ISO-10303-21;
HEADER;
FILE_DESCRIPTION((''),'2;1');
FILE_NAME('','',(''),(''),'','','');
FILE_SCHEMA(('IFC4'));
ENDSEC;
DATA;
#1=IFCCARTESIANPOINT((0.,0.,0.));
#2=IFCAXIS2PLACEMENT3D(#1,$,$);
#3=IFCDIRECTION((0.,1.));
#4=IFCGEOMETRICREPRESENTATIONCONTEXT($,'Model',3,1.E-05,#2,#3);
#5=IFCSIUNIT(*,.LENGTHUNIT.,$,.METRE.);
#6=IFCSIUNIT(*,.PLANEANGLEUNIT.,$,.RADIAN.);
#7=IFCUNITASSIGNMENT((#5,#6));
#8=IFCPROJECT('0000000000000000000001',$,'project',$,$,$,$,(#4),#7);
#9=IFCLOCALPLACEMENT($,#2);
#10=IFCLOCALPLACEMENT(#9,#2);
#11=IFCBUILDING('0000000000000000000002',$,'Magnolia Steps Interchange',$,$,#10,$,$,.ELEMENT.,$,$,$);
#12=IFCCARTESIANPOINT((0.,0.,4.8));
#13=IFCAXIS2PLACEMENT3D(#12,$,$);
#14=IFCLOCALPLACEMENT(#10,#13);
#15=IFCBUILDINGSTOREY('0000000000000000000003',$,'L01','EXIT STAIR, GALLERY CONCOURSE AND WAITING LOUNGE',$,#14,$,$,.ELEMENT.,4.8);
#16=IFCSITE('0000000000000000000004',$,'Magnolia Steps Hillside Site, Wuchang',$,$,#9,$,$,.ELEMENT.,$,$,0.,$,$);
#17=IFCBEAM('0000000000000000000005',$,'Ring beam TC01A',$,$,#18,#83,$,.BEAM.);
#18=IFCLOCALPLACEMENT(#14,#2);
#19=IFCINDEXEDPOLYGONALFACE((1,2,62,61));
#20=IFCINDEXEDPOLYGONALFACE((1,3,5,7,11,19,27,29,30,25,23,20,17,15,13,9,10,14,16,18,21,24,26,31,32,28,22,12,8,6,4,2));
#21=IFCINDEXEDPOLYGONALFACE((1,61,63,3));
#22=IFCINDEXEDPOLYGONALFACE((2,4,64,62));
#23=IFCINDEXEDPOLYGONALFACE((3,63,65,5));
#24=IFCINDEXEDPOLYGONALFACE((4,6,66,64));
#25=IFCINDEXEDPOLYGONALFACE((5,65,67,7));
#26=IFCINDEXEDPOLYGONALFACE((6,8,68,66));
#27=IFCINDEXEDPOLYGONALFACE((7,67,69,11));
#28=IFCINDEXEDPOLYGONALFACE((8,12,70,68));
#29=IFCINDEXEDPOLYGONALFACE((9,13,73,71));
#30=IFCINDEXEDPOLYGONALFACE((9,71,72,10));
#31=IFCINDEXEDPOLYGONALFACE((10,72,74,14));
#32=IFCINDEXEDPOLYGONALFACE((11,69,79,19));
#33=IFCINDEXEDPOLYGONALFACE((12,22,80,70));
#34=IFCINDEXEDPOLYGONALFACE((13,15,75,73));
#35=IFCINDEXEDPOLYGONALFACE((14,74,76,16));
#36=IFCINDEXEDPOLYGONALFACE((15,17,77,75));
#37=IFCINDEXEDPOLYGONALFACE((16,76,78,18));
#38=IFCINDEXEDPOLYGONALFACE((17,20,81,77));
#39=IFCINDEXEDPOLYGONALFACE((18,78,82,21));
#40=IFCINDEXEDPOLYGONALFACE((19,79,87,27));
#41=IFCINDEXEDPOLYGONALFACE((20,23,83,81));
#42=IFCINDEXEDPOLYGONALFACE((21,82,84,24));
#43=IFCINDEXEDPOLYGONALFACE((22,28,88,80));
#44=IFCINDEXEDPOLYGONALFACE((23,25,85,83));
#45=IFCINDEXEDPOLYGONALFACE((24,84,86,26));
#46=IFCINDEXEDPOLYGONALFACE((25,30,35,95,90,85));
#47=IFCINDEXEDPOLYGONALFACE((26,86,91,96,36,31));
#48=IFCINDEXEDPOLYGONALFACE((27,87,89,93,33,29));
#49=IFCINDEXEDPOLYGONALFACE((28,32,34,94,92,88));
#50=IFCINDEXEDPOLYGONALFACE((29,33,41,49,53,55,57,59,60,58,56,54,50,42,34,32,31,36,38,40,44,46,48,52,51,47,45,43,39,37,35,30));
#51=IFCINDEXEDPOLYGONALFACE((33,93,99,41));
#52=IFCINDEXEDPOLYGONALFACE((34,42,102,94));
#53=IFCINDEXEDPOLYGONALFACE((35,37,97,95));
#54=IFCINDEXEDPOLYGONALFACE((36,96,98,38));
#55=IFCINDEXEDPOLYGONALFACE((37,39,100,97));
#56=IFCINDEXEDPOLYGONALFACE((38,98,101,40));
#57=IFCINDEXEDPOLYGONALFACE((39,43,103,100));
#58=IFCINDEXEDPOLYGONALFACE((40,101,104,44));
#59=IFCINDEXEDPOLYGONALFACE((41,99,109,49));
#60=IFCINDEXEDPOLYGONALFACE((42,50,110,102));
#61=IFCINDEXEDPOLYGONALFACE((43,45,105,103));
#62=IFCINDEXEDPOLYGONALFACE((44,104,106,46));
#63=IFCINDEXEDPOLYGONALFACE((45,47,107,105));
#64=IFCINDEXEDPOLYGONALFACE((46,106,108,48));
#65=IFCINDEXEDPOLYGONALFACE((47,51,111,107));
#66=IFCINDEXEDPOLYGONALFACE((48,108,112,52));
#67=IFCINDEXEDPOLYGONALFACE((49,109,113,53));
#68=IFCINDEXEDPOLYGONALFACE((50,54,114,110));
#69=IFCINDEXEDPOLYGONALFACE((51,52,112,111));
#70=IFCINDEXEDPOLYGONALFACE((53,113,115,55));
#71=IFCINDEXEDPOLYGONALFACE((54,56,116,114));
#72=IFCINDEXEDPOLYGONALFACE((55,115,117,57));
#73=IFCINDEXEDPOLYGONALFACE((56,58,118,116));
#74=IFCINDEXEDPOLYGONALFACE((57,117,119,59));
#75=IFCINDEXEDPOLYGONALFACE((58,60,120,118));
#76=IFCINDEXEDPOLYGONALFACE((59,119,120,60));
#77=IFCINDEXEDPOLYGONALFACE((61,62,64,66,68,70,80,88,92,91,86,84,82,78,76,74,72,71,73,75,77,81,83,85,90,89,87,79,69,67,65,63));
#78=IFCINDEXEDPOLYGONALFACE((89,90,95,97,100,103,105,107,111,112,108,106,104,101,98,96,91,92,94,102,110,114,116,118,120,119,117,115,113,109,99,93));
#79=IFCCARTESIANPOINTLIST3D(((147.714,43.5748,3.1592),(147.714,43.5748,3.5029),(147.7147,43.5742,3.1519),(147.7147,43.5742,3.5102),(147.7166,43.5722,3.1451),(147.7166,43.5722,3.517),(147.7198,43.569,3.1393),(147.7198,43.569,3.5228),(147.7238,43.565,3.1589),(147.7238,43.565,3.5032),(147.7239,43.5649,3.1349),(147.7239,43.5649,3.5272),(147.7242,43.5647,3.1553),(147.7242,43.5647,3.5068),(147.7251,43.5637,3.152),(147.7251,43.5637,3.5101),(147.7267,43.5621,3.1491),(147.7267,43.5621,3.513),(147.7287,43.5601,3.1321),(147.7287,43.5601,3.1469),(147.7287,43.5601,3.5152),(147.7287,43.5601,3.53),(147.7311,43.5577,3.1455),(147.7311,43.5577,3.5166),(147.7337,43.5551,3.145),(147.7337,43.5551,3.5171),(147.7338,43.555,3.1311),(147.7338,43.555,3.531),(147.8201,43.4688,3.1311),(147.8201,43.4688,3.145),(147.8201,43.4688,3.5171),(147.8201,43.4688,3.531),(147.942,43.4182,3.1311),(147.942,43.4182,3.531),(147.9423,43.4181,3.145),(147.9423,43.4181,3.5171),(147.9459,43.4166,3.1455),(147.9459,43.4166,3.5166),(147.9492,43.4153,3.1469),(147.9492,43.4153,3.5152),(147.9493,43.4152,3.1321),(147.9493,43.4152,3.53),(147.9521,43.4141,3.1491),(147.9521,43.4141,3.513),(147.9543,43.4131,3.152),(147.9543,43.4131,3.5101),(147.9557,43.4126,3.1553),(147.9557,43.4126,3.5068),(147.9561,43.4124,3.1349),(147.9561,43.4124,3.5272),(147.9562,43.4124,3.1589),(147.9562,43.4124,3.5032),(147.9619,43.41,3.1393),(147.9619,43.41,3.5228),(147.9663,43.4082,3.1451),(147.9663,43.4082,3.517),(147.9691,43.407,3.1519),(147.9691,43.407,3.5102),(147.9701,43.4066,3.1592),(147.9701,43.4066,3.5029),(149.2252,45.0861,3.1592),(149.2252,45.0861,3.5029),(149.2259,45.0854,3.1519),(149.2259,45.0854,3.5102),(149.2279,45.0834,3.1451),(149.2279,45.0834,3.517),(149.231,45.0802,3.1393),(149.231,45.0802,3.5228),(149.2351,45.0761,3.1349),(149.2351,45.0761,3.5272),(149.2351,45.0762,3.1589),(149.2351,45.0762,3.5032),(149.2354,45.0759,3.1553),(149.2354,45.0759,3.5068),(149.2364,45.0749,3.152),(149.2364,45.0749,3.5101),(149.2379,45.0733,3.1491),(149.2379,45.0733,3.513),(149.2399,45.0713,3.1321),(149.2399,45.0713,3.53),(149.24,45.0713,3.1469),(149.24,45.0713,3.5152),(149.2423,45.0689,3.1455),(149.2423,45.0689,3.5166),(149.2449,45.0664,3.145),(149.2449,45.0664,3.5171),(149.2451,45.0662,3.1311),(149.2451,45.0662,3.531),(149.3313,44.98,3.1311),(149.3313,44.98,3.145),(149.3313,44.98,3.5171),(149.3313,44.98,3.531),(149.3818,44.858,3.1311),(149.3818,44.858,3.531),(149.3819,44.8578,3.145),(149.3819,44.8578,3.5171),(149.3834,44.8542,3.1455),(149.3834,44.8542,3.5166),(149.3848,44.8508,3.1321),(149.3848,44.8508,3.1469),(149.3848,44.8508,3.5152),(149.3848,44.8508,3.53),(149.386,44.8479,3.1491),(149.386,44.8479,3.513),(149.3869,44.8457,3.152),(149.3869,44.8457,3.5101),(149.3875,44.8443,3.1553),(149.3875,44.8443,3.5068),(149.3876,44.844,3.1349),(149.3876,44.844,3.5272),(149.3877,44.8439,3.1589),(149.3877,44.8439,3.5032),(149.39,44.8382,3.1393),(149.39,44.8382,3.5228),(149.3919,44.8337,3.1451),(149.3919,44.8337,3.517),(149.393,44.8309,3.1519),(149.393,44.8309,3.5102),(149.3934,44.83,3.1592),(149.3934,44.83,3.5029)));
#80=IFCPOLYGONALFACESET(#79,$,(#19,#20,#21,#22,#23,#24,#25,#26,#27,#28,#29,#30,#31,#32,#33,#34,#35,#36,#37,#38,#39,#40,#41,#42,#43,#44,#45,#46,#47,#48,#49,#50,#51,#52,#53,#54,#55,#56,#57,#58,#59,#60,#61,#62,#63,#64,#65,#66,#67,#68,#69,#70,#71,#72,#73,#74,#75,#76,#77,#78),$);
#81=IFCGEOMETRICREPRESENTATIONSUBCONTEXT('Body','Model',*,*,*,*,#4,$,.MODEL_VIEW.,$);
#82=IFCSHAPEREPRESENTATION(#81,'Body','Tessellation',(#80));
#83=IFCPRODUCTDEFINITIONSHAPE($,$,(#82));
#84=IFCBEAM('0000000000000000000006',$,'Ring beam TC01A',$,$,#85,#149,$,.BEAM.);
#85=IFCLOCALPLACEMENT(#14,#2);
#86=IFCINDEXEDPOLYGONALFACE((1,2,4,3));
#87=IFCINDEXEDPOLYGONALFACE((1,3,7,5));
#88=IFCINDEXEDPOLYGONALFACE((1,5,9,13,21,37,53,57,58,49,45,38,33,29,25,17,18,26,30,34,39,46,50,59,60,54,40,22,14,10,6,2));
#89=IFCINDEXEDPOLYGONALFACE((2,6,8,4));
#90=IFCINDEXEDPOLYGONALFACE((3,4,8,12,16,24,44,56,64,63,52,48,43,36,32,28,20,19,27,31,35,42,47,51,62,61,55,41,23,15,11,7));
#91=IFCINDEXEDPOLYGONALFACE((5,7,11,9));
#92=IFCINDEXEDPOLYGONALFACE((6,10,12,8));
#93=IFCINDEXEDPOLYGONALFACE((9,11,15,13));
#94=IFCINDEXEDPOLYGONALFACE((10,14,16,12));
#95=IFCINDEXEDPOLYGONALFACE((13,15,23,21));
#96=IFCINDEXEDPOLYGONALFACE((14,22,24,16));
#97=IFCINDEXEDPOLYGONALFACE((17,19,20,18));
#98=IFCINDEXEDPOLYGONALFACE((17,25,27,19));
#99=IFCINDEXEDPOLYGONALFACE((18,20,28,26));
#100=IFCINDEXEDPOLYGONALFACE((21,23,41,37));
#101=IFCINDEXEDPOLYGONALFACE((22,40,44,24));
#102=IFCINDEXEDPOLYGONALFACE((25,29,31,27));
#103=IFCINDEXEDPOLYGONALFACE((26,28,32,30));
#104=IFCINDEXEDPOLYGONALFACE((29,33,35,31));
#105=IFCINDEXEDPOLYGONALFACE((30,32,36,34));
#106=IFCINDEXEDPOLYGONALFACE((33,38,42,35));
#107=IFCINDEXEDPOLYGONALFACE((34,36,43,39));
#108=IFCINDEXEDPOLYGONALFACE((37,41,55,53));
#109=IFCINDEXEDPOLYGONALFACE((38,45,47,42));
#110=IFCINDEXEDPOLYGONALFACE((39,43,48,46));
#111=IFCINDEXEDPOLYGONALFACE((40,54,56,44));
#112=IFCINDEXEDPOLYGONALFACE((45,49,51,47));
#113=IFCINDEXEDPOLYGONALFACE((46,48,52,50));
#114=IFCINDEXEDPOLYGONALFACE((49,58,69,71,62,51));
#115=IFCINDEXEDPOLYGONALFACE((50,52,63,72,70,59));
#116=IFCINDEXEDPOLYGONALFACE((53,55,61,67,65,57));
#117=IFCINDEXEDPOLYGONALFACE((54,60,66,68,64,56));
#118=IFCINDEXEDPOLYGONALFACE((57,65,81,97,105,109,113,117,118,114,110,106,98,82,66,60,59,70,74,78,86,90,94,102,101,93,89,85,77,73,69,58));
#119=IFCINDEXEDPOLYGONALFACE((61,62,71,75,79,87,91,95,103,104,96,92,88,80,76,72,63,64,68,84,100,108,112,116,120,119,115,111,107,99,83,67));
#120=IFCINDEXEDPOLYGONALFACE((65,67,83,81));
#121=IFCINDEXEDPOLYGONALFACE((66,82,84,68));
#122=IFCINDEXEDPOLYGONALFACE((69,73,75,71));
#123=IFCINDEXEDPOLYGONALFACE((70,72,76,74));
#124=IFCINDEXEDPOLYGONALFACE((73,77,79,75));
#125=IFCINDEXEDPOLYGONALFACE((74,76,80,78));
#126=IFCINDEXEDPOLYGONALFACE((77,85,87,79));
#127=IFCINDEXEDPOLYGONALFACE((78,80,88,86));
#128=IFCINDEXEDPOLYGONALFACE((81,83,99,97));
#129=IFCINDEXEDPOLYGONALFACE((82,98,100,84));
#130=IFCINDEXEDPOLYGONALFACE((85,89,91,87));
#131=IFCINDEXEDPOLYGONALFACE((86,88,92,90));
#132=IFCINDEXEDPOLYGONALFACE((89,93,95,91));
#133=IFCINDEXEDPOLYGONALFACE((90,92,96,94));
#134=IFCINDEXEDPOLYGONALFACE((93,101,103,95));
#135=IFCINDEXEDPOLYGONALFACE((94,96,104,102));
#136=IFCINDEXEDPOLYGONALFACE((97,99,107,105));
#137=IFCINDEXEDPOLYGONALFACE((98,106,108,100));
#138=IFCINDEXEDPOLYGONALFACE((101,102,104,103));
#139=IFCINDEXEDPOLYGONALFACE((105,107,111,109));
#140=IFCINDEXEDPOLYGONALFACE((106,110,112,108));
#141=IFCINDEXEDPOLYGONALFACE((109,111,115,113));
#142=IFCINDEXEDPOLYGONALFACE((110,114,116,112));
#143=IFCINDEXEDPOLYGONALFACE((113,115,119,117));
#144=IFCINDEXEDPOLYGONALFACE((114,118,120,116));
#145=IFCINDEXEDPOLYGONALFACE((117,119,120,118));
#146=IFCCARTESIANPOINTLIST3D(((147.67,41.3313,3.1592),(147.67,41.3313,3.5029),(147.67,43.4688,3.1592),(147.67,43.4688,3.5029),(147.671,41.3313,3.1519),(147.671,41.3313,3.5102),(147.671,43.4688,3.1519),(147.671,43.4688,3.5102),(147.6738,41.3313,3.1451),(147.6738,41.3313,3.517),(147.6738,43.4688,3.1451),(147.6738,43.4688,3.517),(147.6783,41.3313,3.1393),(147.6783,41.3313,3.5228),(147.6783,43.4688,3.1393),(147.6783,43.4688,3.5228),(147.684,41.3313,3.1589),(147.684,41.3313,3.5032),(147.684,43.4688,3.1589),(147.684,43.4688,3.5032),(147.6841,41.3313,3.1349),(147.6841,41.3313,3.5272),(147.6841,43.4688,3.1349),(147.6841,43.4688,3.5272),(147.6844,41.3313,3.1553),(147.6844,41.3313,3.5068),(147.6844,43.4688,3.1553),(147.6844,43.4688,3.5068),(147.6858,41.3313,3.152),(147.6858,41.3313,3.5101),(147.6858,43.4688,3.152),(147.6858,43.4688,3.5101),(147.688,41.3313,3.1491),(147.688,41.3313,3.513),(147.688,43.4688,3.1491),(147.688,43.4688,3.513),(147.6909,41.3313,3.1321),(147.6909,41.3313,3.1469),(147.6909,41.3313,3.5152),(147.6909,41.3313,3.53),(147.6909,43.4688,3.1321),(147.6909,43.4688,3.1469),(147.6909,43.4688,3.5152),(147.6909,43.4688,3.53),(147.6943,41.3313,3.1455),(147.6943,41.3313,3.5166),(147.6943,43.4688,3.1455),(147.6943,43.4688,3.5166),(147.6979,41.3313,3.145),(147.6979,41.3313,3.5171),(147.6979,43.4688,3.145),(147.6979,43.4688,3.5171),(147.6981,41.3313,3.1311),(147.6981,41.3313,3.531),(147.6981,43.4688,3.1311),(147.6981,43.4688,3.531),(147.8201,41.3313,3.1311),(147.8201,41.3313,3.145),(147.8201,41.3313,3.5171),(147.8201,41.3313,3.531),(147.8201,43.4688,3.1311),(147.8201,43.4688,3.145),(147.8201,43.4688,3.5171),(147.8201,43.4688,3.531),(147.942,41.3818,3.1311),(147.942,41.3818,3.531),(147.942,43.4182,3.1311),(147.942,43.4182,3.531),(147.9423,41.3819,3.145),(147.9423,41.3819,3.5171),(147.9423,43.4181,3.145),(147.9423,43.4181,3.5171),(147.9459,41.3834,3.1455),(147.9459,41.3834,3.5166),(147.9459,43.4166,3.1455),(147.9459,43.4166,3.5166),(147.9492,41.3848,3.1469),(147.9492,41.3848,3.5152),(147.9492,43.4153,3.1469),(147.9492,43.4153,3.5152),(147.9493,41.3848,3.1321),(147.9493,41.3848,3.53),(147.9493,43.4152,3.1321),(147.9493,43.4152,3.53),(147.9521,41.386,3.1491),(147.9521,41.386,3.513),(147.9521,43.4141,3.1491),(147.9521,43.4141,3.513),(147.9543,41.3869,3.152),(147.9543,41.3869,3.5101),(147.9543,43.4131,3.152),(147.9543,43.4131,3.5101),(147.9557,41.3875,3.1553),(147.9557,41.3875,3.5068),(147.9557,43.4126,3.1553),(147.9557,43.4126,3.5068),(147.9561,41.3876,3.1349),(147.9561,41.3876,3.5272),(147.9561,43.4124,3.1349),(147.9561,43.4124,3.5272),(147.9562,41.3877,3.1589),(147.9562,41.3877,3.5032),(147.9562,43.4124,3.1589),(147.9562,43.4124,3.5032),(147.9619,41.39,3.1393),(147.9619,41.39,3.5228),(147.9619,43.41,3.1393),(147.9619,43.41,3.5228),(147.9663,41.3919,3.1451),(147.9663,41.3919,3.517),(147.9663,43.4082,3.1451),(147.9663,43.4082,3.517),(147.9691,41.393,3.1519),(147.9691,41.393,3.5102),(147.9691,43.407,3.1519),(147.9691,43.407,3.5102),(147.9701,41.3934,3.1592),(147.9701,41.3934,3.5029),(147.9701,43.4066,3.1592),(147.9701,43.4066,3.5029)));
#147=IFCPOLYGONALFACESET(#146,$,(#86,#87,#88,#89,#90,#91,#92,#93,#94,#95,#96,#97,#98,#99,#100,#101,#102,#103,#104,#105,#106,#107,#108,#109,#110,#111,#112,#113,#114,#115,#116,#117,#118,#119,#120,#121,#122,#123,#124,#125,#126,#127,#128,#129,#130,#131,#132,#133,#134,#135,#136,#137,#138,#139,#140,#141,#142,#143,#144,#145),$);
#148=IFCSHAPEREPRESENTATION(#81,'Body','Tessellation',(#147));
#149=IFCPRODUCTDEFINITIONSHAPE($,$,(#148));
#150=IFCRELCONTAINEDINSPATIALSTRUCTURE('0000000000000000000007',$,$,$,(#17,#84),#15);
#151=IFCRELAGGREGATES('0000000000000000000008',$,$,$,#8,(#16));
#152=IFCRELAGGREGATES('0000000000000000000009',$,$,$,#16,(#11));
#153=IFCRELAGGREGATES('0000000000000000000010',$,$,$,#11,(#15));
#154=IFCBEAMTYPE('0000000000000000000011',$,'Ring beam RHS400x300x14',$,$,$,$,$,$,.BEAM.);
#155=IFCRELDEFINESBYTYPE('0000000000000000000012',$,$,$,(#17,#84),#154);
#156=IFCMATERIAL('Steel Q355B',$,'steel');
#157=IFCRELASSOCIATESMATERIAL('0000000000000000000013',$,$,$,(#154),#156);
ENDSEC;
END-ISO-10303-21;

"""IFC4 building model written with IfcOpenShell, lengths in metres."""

from ifc_helpers import new_model, si_unit, direction, frame, origin, origin_2d, place, context, subcontext, project, spatial, hollow_rectangle, extrude, clip, halfspace, material, material_profile, profile_set, type_object, element, save


model = new_model("IFC4")

# Units and contexts
model_context = context("Model", 3, precision=1e-05, world=origin(), true_north=direction((0.0, 1.0)))
body_context = subcontext(model_context, "Body", "Model", "MODEL_VIEW")
ifc_project = project(units=[si_unit("LENGTHUNIT", "METRE"), si_unit("PLANEANGLEUNIT", "RADIAN")], contexts=[model_context])

# Site, building, storey
site_placement = place(None, origin())
site = spatial("IfcSite", under=ifc_project, at=site_placement, Name="Magnolia Steps Hillside Site, Wuchang", CompositionType="ELEMENT", RefElevation=0.0)
building_placement = place(site_placement, origin())
building = spatial("IfcBuilding", under=site, at=building_placement, Name="Magnolia Steps Interchange", CompositionType="ELEMENT")
storey_placement = place(building_placement, frame((0.0, 0.0, 4.8)))
storey = spatial("IfcBuildingStorey", under=building, at=storey_placement, Name="L01", Description="EXIT STAIR, GALLERY CONCOURSE AND WAITING LOUNGE", CompositionType="ELEMENT", Elevation=4.8)

# Beams
ifc_material_1 = material(Name="Steel Q355B", Category="steel")
ifc_material_profile_1 = material_profile(ifc_material_1, hollow_rectangle(XDim=0.3, YDim=0.3999, WallThickness=0.0139, InnerFilletRadius=0.0139, OuterFilletRadius=0.0281, at=origin_2d()), Name="RHS400x300x14")
ifc_profile_set_1 = profile_set([ifc_material_profile_1], Name="Steel Q355B")
beam_type = type_object("IfcBeamType", Name="Ring beam RHS400x300x14", PredefinedType="BEAM", material=ifc_profile_set_1)
beam_1_placement = place(storey_placement, frame((149.3313, 44.98, 3.3311), z_axis=(-0.707107, -0.707107, 0.0), x_axis=(0.707107, -0.707107, 0.0)))
element("IfcBeam", 1, at=beam_1_placement, inside=storey, type_object=beam_type, Name="Ring beam TC01A", PredefinedType="BEAM", context=body_context, shape_type="Clipping", body=[
    clip(clip(extrude(hollow_rectangle(XDim=0.3, YDim=0.3999, WallThickness=0.0139, InnerFilletRadius=0.0139, OuterFilletRadius=0.0281, at=origin_2d()), origin(), (0.0, 0.0, 1.0), 2.1372), halfspace(frame((0.0, 0.0, 0.0), z_axis=(0.382683, 0.0, -0.92388), x_axis=(0.92388, 0.0, 0.382683)), False)), halfspace(frame((0.0, 0.0, 2.1372), z_axis=(0.382683, 0.0, 0.92388), x_axis=(0.92388, 0.0, -0.382683)), False)),
])
beam_2_placement = place(storey_placement, frame((147.8201, 43.4688, 3.3311), z_axis=(0.0, -1.0, 0.0), x_axis=(1.0, 0.0, 0.0)))
element("IfcBeam", 2, at=beam_2_placement, inside=storey, type_object=beam_type, Name="Ring beam TC01A", PredefinedType="BEAM", context=body_context, shape_type="Clipping", body=[
    clip(clip(extrude(hollow_rectangle(XDim=0.3, YDim=0.3999, WallThickness=0.0139, InnerFilletRadius=0.0139, OuterFilletRadius=0.0281, at=origin_2d()), origin(), (0.0, 0.0, 1.0), 2.1375), halfspace(frame((0.0, 0.0, 0.0), z_axis=(0.382683, 0.0, -0.92388), x_axis=(0.92388, 0.0, 0.382683)), False)), halfspace(frame((0.0, 0.0, 2.1375), z_axis=(0.382683, 0.0, 0.92388), x_axis=(0.92388, 0.0, -0.382683)), False)),
])

save(model, "model.ifc")
